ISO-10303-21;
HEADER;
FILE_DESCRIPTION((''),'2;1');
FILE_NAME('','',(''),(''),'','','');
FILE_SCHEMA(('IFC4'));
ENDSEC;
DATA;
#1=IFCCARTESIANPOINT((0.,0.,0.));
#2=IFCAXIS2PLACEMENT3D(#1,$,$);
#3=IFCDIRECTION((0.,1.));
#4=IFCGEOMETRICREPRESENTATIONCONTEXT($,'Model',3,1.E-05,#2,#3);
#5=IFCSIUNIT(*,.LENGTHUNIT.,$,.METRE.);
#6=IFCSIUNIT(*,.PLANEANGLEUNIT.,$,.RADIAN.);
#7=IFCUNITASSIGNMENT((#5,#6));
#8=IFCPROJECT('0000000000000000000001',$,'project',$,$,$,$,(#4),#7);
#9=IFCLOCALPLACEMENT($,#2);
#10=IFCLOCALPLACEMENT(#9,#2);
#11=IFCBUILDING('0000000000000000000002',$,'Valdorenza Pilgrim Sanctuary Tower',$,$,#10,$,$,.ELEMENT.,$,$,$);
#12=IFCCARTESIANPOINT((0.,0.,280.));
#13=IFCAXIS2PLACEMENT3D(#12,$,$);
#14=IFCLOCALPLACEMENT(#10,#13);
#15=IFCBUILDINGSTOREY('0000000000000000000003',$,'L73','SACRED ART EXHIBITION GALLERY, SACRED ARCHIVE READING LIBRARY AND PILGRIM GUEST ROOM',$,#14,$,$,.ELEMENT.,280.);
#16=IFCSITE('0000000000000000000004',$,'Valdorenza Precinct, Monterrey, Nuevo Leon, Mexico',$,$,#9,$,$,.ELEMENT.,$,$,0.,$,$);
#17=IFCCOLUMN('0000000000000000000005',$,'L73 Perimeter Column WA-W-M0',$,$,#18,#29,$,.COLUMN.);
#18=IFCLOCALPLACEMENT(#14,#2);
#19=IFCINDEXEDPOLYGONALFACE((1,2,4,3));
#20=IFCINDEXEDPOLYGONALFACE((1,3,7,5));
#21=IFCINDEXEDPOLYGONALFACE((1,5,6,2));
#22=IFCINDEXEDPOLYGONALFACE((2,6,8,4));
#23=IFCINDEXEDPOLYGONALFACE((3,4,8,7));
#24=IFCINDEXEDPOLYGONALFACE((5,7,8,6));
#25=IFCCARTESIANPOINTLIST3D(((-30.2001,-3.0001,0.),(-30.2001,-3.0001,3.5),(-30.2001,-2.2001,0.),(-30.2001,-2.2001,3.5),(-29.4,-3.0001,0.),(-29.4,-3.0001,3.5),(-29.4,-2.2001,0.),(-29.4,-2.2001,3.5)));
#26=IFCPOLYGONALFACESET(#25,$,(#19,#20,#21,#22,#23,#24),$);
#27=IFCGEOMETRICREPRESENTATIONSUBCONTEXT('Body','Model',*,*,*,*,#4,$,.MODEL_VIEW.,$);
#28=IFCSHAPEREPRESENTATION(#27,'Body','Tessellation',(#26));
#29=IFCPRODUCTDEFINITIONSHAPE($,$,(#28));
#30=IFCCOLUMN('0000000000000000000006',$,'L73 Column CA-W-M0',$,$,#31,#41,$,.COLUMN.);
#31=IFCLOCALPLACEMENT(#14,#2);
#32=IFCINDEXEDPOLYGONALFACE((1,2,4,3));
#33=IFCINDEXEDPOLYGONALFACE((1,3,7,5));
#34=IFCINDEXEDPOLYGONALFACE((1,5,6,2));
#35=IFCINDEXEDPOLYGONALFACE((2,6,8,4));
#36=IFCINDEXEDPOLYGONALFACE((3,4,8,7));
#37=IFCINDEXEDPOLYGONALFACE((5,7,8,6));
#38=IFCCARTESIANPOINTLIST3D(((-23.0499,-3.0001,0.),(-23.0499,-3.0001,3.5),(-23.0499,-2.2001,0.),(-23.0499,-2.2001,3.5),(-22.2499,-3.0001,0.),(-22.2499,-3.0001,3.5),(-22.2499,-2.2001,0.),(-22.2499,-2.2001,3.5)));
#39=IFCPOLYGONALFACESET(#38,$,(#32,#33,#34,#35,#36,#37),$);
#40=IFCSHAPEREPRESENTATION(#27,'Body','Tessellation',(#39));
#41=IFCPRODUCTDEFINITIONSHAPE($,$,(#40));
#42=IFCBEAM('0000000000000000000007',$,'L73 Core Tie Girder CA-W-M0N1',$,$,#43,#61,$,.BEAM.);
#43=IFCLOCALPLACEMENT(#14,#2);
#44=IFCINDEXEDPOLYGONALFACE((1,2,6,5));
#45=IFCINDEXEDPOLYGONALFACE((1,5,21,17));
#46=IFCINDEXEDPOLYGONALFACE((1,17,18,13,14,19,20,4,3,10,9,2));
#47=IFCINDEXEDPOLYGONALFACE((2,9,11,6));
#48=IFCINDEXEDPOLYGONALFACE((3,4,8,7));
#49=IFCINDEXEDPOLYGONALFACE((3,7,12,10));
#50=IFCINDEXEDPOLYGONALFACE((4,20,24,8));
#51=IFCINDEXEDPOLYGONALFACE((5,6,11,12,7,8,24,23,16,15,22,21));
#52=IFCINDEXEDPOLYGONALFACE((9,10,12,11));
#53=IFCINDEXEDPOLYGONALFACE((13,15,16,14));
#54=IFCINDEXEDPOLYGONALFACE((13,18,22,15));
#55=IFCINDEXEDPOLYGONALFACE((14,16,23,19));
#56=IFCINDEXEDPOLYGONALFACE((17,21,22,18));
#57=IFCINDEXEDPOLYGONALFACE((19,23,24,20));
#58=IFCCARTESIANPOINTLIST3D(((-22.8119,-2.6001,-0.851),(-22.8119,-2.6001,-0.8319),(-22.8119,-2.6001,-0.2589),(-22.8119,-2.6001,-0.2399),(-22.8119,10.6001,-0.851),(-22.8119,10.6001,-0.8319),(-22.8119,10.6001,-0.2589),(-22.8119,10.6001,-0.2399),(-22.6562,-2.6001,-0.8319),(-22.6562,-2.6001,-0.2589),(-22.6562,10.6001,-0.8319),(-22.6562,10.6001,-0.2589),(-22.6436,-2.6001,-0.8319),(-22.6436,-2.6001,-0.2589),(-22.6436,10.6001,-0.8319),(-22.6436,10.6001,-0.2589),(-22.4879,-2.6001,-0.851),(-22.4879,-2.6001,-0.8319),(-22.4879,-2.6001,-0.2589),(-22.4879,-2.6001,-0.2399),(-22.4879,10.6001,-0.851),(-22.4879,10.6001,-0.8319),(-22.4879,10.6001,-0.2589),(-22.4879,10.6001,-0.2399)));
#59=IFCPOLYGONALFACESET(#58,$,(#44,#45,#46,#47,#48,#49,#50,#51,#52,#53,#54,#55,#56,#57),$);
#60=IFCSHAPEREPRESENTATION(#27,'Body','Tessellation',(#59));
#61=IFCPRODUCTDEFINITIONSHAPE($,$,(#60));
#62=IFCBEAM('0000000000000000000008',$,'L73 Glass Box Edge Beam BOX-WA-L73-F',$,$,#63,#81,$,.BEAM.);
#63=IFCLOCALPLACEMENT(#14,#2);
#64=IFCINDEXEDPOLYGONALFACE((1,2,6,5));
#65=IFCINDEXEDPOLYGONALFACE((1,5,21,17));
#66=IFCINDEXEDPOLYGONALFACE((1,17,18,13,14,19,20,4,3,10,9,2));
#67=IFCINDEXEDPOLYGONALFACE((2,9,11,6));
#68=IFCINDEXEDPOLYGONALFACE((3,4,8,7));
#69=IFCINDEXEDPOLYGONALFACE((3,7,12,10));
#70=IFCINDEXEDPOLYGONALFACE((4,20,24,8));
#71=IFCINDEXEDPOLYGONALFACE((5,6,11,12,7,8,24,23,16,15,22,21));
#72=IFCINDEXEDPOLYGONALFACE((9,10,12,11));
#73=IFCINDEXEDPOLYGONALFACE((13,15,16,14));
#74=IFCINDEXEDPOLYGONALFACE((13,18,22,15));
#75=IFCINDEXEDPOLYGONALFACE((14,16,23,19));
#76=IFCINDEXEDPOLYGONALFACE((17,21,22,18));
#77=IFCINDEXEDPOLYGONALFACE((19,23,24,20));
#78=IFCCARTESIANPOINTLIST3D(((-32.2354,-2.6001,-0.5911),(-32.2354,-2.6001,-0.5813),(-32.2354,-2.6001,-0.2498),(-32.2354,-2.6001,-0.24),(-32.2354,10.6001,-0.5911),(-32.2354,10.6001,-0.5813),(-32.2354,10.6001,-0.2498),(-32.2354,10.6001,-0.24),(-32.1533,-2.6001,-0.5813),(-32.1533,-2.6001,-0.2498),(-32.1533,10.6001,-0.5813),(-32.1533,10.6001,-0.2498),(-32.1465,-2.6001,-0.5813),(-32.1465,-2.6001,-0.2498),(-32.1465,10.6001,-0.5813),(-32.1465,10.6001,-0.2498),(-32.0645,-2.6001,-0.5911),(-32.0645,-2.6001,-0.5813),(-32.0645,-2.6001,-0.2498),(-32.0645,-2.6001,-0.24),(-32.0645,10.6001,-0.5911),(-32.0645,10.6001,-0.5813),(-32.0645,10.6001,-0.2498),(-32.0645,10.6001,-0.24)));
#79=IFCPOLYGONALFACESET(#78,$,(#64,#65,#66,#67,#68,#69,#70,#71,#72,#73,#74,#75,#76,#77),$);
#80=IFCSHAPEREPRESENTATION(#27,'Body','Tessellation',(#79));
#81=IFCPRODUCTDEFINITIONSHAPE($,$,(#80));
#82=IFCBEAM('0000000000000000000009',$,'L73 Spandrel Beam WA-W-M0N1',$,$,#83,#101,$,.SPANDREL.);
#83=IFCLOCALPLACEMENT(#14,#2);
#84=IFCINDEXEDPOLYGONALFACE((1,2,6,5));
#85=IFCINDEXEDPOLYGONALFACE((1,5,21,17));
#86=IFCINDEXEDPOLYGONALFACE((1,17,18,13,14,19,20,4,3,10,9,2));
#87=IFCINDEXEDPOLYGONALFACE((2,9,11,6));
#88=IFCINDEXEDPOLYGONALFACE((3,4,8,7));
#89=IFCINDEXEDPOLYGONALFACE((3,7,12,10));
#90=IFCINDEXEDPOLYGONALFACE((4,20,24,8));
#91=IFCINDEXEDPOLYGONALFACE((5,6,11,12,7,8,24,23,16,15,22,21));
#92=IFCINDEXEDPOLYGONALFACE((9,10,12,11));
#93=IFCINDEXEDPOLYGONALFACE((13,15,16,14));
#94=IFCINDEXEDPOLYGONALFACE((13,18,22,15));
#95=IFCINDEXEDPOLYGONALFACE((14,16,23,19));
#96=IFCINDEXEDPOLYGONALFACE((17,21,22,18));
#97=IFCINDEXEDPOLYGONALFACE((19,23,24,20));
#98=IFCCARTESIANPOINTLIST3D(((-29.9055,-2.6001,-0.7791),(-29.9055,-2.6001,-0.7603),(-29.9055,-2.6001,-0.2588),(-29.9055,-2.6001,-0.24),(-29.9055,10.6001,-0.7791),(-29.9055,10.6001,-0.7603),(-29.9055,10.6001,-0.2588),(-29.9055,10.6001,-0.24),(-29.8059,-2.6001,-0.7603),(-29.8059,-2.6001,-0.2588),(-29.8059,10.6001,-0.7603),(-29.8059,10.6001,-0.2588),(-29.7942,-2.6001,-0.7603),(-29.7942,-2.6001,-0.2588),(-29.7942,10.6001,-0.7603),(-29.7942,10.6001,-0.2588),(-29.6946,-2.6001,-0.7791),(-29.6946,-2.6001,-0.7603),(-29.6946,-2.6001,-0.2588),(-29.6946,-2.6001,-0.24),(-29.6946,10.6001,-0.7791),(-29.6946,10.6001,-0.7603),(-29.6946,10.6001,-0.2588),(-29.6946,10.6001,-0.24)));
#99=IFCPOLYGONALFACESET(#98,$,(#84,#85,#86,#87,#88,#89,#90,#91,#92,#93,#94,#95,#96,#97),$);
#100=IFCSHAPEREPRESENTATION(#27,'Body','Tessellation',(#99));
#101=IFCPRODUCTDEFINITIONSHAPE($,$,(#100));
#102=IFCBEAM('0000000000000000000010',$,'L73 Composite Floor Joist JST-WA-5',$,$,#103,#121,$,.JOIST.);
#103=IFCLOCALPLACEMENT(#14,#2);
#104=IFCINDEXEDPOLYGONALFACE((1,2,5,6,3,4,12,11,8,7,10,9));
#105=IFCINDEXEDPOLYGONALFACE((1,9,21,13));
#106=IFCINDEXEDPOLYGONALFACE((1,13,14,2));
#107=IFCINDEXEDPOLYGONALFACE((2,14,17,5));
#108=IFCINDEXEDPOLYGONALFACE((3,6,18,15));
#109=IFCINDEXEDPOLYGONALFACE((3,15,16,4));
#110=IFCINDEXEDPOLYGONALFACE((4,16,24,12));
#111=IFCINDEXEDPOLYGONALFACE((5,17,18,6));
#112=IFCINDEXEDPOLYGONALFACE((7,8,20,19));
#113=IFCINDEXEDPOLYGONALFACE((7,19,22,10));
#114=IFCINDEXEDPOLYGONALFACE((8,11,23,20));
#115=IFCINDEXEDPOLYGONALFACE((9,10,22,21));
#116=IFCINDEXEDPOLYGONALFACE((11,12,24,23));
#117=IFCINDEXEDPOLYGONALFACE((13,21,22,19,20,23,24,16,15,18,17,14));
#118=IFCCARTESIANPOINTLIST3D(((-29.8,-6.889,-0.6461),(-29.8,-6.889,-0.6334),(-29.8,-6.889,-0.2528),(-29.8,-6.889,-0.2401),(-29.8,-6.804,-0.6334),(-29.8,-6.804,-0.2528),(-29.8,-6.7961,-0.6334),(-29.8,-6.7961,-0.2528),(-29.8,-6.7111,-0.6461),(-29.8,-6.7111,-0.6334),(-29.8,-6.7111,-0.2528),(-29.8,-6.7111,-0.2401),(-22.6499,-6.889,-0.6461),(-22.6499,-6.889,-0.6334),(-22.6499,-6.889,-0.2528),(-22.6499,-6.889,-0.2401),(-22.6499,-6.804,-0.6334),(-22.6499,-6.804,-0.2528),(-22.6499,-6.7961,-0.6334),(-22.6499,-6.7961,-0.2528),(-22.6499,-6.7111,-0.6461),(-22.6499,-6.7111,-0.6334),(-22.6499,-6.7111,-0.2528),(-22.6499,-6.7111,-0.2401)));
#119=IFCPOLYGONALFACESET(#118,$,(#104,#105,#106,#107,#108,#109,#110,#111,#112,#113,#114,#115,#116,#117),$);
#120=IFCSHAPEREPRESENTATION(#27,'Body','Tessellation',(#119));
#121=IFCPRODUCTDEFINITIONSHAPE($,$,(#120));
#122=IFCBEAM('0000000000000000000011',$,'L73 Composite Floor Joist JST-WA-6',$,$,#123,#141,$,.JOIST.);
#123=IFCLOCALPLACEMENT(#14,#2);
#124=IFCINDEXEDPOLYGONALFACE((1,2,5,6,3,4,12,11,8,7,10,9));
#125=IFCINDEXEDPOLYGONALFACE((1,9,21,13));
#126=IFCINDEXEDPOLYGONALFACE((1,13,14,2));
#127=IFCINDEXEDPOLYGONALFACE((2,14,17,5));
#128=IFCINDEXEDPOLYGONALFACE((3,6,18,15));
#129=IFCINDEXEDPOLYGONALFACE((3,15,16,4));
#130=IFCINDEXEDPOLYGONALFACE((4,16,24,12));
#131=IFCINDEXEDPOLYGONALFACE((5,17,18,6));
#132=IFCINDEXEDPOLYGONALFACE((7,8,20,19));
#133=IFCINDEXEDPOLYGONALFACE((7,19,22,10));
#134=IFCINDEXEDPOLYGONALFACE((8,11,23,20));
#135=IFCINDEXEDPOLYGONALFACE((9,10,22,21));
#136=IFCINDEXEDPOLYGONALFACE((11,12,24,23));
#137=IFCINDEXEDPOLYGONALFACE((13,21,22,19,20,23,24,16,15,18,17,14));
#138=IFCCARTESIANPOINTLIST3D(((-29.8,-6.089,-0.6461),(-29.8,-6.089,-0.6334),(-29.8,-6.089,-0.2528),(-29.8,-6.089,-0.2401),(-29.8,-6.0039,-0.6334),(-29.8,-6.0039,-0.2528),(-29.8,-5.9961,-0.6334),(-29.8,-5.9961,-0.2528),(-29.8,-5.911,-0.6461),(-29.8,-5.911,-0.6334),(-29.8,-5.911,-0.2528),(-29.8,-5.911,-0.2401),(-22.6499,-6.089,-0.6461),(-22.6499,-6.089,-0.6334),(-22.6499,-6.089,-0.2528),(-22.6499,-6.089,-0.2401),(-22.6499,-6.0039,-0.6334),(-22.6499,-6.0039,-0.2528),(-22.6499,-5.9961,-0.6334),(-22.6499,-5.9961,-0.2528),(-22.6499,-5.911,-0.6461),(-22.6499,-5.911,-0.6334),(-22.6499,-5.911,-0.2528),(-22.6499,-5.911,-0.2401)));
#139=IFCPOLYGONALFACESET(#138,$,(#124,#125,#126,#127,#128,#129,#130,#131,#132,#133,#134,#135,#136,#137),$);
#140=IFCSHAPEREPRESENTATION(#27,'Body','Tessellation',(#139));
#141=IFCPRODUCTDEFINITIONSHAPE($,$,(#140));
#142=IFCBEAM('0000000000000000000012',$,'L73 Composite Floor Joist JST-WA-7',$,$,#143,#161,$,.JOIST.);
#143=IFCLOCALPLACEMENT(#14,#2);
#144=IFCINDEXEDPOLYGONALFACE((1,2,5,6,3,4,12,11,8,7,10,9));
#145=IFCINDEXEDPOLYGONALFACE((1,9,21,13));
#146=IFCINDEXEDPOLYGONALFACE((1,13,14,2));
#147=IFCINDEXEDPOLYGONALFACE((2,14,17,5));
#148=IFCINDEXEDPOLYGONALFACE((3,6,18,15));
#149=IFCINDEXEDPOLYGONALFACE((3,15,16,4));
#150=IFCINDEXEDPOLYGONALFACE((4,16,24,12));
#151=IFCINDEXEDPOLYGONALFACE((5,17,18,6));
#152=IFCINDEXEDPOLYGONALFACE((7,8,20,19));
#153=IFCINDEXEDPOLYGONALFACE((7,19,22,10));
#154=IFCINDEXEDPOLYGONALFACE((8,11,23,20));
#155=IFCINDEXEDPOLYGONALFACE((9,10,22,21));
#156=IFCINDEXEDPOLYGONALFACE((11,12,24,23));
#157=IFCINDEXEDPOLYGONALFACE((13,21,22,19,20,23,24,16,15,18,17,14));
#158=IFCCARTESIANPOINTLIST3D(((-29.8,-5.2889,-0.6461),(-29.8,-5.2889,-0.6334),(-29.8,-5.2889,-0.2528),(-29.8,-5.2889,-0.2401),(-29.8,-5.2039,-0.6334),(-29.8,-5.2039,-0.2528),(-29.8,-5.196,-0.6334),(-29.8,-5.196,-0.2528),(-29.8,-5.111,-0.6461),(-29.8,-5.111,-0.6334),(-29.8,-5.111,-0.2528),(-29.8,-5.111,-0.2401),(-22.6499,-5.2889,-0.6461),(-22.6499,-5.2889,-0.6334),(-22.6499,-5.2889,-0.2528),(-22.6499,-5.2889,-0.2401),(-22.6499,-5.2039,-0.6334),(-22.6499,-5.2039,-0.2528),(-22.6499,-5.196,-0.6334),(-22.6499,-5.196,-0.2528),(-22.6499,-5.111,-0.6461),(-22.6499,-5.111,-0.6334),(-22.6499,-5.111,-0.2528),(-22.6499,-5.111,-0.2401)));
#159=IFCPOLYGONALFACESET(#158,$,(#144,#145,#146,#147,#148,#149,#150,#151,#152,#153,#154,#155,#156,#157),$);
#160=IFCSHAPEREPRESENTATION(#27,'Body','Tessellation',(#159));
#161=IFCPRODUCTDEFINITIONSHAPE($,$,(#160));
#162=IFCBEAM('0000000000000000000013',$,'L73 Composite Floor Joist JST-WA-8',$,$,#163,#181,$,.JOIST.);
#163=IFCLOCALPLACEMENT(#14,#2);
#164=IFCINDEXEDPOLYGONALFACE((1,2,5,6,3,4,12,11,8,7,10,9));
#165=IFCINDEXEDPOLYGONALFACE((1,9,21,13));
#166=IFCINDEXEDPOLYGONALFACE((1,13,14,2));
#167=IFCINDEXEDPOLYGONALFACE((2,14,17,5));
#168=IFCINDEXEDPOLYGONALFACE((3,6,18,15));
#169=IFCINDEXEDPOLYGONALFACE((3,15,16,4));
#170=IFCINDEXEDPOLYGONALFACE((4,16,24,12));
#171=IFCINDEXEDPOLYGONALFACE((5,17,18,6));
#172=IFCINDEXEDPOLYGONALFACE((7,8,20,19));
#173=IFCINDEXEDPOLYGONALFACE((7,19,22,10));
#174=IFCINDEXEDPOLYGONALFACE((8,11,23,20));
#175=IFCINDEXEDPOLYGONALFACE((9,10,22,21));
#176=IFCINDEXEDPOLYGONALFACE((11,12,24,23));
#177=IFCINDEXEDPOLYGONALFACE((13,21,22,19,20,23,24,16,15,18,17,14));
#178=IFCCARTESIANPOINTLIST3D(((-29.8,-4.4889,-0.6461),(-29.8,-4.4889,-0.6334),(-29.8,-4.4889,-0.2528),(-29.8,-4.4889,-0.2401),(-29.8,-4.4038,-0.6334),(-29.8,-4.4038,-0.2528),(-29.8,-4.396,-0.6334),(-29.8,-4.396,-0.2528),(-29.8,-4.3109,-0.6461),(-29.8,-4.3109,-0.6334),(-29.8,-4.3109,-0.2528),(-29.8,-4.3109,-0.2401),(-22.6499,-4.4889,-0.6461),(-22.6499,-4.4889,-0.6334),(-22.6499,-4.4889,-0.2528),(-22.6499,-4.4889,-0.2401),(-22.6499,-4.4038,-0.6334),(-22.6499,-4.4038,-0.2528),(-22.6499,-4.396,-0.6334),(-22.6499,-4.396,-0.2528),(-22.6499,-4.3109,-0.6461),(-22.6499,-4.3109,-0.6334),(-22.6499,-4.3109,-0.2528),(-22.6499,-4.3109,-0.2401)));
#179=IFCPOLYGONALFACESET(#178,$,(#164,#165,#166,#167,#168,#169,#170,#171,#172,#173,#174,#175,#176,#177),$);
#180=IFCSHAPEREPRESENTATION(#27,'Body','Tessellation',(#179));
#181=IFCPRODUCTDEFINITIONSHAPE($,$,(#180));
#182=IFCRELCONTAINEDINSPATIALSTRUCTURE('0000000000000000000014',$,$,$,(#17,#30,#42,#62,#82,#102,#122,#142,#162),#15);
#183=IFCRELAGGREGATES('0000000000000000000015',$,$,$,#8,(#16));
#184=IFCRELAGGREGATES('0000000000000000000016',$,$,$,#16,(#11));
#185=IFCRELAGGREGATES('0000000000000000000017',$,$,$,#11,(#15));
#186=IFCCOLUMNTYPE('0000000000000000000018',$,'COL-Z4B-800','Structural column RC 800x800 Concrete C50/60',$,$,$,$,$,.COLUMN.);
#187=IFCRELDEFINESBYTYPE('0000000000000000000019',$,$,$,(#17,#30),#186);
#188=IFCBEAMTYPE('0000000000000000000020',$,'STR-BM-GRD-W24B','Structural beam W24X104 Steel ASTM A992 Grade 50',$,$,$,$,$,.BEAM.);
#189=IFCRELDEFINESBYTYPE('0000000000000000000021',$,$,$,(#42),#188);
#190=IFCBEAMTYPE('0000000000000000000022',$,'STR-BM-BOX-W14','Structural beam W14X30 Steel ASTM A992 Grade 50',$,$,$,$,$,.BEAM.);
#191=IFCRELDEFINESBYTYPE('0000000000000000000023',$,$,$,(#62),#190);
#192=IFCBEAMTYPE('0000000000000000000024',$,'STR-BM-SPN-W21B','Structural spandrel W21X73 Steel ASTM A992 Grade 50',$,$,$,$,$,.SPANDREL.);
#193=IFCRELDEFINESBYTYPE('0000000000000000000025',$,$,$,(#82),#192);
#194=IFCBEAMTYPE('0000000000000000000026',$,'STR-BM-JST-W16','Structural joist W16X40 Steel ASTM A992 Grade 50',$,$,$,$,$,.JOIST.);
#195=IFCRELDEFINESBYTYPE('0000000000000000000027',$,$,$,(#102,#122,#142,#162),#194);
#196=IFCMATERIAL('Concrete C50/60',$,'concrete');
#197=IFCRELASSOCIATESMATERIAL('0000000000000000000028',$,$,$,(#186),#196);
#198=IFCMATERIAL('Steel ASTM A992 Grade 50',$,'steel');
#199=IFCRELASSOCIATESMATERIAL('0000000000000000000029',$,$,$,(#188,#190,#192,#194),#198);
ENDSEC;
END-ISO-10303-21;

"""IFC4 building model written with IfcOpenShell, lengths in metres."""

from ifc_helpers import new_model, si_unit, direction, frame, origin, origin_2d, place, context, subcontext, project, spatial, rectangle, i_section, extrude, source, transform, mapped, material, material_profile, profile_set, type_object, element, save


model = new_model("IFC4")

# Units and contexts
model_context = context("Model", 3, precision=1e-05, world=origin(), true_north=direction((0.0, 1.0)))
body_context = subcontext(model_context, "Body", "Model", "MODEL_VIEW")
ifc_project = project(units=[si_unit("LENGTHUNIT", "METRE"), si_unit("PLANEANGLEUNIT", "RADIAN")], contexts=[model_context])

# Site, building, storey
site_placement = place(None, origin())
site = spatial("IfcSite", under=ifc_project, at=site_placement, Name="Valdorenza Precinct, Monterrey, Nuevo Leon, Mexico", CompositionType="ELEMENT", RefElevation=0.0)
building_placement = place(site_placement, origin())
building = spatial("IfcBuilding", under=site, at=building_placement, Name="Valdorenza Pilgrim Sanctuary Tower", CompositionType="ELEMENT")
storey_placement = place(building_placement, frame((0.0, 0.0, 280.0)))
storey = spatial("IfcBuildingStorey", under=building, at=storey_placement, Name="L73", Description="SACRED ART EXHIBITION GALLERY, SACRED ARCHIVE READING LIBRARY AND PILGRIM GUEST ROOM", CompositionType="ELEMENT", Elevation=280.0)

# Columns
ifc_material_1 = material(Name="Concrete C50/60", Category="concrete")
ifc_material_profile_1 = material_profile(ifc_material_1, rectangle(XDim=0.8, YDim=0.8, at=origin_2d()), Name="RC 800x800")
ifc_profile_set_1 = profile_set([ifc_material_profile_1], Name="Concrete C50/60")
column_type = type_object("IfcColumnType", Name="COL-Z4B-800", Description="Structural column RC 800x800 Concrete C50/60", PredefinedType="COLUMN", material=ifc_profile_set_1)
shared_shape_1 = source(origin(), body_context, "Body", "SweptSolid", [
    extrude(rectangle(XDim=0.8, YDim=0.8, at=origin_2d()), origin(), (0.0, 0.0, 1.0), 3.5),
])
for number, where, z_axis, x_axis, name in (
    (1, (-29.8, -2.6001, 0.0), (0.0, 0.0, 1.0), (1.0, 0.0, 0.0), "L73 Perimeter Column WA-W-M0"),
    (2, (-22.6499, -2.6001, 0.0), (0.0, 0.0, 1.0), (1.0, 0.0, 0.0), "L73 Column CA-W-M0"),
):
    element("IfcColumn", number, at=place(storey_placement, frame(where, z_axis=z_axis, x_axis=x_axis)), inside=storey, type_object=column_type, Name=name, PredefinedType="COLUMN", context=body_context, shape_type="MappedRepresentation", body=[
        mapped(shared_shape_1, transform((0.0, 0.0, 0.0), x_axis=(1.0, 0.0, 0.0), y_axis=(0.0, 1.0, 0.0), z_axis=(0.0, 0.0, 1.0), scale=1.0)),
    ])

# Beams
ifc_material_2 = material(Name="Steel ASTM A992 Grade 50", Category="steel")
ifc_material_profile_2 = material_profile(ifc_material_2, i_section(OverallWidth=0.324, OverallDepth=0.6111, WebThickness=0.0127, FlangeThickness=0.019, at=origin_2d()), Name="W24X104")
ifc_profile_set_2 = profile_set([ifc_material_profile_2], Name="Steel ASTM A992 Grade 50")
beam_type_1 = type_object("IfcBeamType", Name="STR-BM-GRD-W24B", Description="Structural beam W24X104 Steel ASTM A992 Grade 50", PredefinedType="BEAM", material=ifc_profile_set_2)
shared_shape_2 = source(origin(), body_context, "Body", "SweptSolid", [
    extrude(i_section(OverallWidth=0.324, OverallDepth=0.6111, WebThickness=0.0127, FlangeThickness=0.019, at=origin_2d()), origin(), (0.0, 0.0, 1.0), 13.2002),
])
beam_1_placement = place(storey_placement, frame((-22.6499, -2.6001, -0.5454), z_axis=(0.0, 1.0, 0.0), x_axis=(-1.0, 0.0, 0.0)))
element("IfcBeam", 3, at=beam_1_placement, inside=storey, type_object=beam_type_1, Name="L73 Core Tie Girder CA-W-M0N1", PredefinedType="BEAM", context=body_context, shape_type="MappedRepresentation", body=[
    mapped(shared_shape_2, transform((0.0, 0.0, 0.0), x_axis=(1.0, 0.0, 0.0), y_axis=(0.0, 1.0, 0.0), z_axis=(0.0, 0.0, 1.0), scale=1.0)),
])
ifc_material_profile_3 = material_profile(ifc_material_2, i_section(OverallWidth=0.1709, OverallDepth=0.3511, WebThickness=0.0068, FlangeThickness=0.0098, at=origin_2d()), Name="W14X30")
ifc_profile_set_3 = profile_set([ifc_material_profile_3], Name="Steel ASTM A992 Grade 50")
beam_type_2 = type_object("IfcBeamType", Name="STR-BM-BOX-W14", Description="Structural beam W14X30 Steel ASTM A992 Grade 50", PredefinedType="BEAM", material=ifc_profile_set_3)
shared_shape_3 = source(origin(), body_context, "Body", "SweptSolid", [
    extrude(i_section(OverallWidth=0.1709, OverallDepth=0.3511, WebThickness=0.0068, FlangeThickness=0.0098, at=origin_2d()), origin(), (0.0, 0.0, 1.0), 13.2002),
])
beam_2_placement = place(storey_placement, frame((-32.1499, -2.6001, -0.4155), z_axis=(0.0, 1.0, 0.0), x_axis=(-1.0, 0.0, 0.0)))
element("IfcBeam", 4, at=beam_2_placement, inside=storey, type_object=beam_type_2, Name="L73 Glass Box Edge Beam BOX-WA-L73-F", PredefinedType="BEAM", context=body_context, shape_type="MappedRepresentation", body=[
    mapped(shared_shape_3, transform((0.0, 0.0, 0.0), x_axis=(1.0, 0.0, 0.0), y_axis=(0.0, 1.0, 0.0), z_axis=(0.0, 0.0, 1.0), scale=1.0)),
])
ifc_material_profile_4 = material_profile(ifc_material_2, i_section(OverallWidth=0.2109, OverallDepth=0.5391, WebThickness=0.0117, FlangeThickness=0.0188, at=origin_2d()), Name="W21X73")
ifc_profile_set_4 = profile_set([ifc_material_profile_4], Name="Steel ASTM A992 Grade 50")
beam_type_3 = type_object("IfcBeamType", Name="STR-BM-SPN-W21B", Description="Structural spandrel W21X73 Steel ASTM A992 Grade 50", PredefinedType="SPANDREL", material=ifc_profile_set_4)
shared_shape_4 = source(origin(), body_context, "Body", "SweptSolid", [
    extrude(i_section(OverallWidth=0.2109, OverallDepth=0.5391, WebThickness=0.0117, FlangeThickness=0.0188, at=origin_2d()), origin(), (0.0, 0.0, 1.0), 13.2002),
])
beam_3_placement = place(storey_placement, frame((-29.8, -2.6001, -0.5095), z_axis=(0.0, 1.0, 0.0), x_axis=(-1.0, 0.0, 0.0)))
element("IfcBeam", 5, at=beam_3_placement, inside=storey, type_object=beam_type_3, Name="L73 Spandrel Beam WA-W-M0N1", PredefinedType="SPANDREL", context=body_context, shape_type="MappedRepresentation", body=[
    mapped(shared_shape_4, transform((0.0, 0.0, 0.0), x_axis=(1.0, 0.0, 0.0), y_axis=(0.0, 1.0, 0.0), z_axis=(0.0, 0.0, 1.0), scale=1.0)),
])
ifc_material_profile_5 = material_profile(ifc_material_2, i_section(OverallWidth=0.178, OverallDepth=0.406, WebThickness=0.0078, FlangeThickness=0.0127, at=origin_2d()), Name="W16X40")
ifc_profile_set_5 = profile_set([ifc_material_profile_5], Name="Steel ASTM A992 Grade 50")
beam_type_4 = type_object("IfcBeamType", Name="STR-BM-JST-W16", Description="Structural joist W16X40 Steel ASTM A992 Grade 50", PredefinedType="JOIST", material=ifc_profile_set_5)
shared_shape_5 = source(origin(), body_context, "Body", "SweptSolid", [
    extrude(i_section(OverallWidth=0.178, OverallDepth=0.406, WebThickness=0.0078, FlangeThickness=0.0127, at=origin_2d()), origin(), (0.0, 0.0, 1.0), 7.1501),
])
for number, where, z_axis, x_axis, name in (
    (6, (-29.8, -6.8, -0.4431), (1.0, 0.0, 0.0), (0.0, 1.0, 0.0), "L73 Composite Floor Joist JST-WA-5"),
    (7, (-29.8, -6.0, -0.4431), (1.0, 0.0, 0.0), (0.0, 1.0, 0.0), "L73 Composite Floor Joist JST-WA-6"),
    (8, (-29.8, -5.2, -0.4431), (1.0, 0.0, 0.0), (0.0, 1.0, 0.0), "L73 Composite Floor Joist JST-WA-7"),
    (9, (-29.8, -4.3999, -0.4431), (1.0, 0.0, 0.0), (0.0, 1.0, 0.0), "L73 Composite Floor Joist JST-WA-8"),
):
    element("IfcBeam", number, at=place(storey_placement, frame(where, z_axis=z_axis, x_axis=x_axis)), inside=storey, type_object=beam_type_4, Name=name, PredefinedType="JOIST", context=body_context, shape_type="MappedRepresentation", body=[
        mapped(shared_shape_5, transform((0.0, 0.0, 0.0), x_axis=(1.0, 0.0, 0.0), y_axis=(0.0, 1.0, 0.0), z_axis=(0.0, 0.0, 1.0), scale=1.0)),
    ])

save(model, "model.ifc")
